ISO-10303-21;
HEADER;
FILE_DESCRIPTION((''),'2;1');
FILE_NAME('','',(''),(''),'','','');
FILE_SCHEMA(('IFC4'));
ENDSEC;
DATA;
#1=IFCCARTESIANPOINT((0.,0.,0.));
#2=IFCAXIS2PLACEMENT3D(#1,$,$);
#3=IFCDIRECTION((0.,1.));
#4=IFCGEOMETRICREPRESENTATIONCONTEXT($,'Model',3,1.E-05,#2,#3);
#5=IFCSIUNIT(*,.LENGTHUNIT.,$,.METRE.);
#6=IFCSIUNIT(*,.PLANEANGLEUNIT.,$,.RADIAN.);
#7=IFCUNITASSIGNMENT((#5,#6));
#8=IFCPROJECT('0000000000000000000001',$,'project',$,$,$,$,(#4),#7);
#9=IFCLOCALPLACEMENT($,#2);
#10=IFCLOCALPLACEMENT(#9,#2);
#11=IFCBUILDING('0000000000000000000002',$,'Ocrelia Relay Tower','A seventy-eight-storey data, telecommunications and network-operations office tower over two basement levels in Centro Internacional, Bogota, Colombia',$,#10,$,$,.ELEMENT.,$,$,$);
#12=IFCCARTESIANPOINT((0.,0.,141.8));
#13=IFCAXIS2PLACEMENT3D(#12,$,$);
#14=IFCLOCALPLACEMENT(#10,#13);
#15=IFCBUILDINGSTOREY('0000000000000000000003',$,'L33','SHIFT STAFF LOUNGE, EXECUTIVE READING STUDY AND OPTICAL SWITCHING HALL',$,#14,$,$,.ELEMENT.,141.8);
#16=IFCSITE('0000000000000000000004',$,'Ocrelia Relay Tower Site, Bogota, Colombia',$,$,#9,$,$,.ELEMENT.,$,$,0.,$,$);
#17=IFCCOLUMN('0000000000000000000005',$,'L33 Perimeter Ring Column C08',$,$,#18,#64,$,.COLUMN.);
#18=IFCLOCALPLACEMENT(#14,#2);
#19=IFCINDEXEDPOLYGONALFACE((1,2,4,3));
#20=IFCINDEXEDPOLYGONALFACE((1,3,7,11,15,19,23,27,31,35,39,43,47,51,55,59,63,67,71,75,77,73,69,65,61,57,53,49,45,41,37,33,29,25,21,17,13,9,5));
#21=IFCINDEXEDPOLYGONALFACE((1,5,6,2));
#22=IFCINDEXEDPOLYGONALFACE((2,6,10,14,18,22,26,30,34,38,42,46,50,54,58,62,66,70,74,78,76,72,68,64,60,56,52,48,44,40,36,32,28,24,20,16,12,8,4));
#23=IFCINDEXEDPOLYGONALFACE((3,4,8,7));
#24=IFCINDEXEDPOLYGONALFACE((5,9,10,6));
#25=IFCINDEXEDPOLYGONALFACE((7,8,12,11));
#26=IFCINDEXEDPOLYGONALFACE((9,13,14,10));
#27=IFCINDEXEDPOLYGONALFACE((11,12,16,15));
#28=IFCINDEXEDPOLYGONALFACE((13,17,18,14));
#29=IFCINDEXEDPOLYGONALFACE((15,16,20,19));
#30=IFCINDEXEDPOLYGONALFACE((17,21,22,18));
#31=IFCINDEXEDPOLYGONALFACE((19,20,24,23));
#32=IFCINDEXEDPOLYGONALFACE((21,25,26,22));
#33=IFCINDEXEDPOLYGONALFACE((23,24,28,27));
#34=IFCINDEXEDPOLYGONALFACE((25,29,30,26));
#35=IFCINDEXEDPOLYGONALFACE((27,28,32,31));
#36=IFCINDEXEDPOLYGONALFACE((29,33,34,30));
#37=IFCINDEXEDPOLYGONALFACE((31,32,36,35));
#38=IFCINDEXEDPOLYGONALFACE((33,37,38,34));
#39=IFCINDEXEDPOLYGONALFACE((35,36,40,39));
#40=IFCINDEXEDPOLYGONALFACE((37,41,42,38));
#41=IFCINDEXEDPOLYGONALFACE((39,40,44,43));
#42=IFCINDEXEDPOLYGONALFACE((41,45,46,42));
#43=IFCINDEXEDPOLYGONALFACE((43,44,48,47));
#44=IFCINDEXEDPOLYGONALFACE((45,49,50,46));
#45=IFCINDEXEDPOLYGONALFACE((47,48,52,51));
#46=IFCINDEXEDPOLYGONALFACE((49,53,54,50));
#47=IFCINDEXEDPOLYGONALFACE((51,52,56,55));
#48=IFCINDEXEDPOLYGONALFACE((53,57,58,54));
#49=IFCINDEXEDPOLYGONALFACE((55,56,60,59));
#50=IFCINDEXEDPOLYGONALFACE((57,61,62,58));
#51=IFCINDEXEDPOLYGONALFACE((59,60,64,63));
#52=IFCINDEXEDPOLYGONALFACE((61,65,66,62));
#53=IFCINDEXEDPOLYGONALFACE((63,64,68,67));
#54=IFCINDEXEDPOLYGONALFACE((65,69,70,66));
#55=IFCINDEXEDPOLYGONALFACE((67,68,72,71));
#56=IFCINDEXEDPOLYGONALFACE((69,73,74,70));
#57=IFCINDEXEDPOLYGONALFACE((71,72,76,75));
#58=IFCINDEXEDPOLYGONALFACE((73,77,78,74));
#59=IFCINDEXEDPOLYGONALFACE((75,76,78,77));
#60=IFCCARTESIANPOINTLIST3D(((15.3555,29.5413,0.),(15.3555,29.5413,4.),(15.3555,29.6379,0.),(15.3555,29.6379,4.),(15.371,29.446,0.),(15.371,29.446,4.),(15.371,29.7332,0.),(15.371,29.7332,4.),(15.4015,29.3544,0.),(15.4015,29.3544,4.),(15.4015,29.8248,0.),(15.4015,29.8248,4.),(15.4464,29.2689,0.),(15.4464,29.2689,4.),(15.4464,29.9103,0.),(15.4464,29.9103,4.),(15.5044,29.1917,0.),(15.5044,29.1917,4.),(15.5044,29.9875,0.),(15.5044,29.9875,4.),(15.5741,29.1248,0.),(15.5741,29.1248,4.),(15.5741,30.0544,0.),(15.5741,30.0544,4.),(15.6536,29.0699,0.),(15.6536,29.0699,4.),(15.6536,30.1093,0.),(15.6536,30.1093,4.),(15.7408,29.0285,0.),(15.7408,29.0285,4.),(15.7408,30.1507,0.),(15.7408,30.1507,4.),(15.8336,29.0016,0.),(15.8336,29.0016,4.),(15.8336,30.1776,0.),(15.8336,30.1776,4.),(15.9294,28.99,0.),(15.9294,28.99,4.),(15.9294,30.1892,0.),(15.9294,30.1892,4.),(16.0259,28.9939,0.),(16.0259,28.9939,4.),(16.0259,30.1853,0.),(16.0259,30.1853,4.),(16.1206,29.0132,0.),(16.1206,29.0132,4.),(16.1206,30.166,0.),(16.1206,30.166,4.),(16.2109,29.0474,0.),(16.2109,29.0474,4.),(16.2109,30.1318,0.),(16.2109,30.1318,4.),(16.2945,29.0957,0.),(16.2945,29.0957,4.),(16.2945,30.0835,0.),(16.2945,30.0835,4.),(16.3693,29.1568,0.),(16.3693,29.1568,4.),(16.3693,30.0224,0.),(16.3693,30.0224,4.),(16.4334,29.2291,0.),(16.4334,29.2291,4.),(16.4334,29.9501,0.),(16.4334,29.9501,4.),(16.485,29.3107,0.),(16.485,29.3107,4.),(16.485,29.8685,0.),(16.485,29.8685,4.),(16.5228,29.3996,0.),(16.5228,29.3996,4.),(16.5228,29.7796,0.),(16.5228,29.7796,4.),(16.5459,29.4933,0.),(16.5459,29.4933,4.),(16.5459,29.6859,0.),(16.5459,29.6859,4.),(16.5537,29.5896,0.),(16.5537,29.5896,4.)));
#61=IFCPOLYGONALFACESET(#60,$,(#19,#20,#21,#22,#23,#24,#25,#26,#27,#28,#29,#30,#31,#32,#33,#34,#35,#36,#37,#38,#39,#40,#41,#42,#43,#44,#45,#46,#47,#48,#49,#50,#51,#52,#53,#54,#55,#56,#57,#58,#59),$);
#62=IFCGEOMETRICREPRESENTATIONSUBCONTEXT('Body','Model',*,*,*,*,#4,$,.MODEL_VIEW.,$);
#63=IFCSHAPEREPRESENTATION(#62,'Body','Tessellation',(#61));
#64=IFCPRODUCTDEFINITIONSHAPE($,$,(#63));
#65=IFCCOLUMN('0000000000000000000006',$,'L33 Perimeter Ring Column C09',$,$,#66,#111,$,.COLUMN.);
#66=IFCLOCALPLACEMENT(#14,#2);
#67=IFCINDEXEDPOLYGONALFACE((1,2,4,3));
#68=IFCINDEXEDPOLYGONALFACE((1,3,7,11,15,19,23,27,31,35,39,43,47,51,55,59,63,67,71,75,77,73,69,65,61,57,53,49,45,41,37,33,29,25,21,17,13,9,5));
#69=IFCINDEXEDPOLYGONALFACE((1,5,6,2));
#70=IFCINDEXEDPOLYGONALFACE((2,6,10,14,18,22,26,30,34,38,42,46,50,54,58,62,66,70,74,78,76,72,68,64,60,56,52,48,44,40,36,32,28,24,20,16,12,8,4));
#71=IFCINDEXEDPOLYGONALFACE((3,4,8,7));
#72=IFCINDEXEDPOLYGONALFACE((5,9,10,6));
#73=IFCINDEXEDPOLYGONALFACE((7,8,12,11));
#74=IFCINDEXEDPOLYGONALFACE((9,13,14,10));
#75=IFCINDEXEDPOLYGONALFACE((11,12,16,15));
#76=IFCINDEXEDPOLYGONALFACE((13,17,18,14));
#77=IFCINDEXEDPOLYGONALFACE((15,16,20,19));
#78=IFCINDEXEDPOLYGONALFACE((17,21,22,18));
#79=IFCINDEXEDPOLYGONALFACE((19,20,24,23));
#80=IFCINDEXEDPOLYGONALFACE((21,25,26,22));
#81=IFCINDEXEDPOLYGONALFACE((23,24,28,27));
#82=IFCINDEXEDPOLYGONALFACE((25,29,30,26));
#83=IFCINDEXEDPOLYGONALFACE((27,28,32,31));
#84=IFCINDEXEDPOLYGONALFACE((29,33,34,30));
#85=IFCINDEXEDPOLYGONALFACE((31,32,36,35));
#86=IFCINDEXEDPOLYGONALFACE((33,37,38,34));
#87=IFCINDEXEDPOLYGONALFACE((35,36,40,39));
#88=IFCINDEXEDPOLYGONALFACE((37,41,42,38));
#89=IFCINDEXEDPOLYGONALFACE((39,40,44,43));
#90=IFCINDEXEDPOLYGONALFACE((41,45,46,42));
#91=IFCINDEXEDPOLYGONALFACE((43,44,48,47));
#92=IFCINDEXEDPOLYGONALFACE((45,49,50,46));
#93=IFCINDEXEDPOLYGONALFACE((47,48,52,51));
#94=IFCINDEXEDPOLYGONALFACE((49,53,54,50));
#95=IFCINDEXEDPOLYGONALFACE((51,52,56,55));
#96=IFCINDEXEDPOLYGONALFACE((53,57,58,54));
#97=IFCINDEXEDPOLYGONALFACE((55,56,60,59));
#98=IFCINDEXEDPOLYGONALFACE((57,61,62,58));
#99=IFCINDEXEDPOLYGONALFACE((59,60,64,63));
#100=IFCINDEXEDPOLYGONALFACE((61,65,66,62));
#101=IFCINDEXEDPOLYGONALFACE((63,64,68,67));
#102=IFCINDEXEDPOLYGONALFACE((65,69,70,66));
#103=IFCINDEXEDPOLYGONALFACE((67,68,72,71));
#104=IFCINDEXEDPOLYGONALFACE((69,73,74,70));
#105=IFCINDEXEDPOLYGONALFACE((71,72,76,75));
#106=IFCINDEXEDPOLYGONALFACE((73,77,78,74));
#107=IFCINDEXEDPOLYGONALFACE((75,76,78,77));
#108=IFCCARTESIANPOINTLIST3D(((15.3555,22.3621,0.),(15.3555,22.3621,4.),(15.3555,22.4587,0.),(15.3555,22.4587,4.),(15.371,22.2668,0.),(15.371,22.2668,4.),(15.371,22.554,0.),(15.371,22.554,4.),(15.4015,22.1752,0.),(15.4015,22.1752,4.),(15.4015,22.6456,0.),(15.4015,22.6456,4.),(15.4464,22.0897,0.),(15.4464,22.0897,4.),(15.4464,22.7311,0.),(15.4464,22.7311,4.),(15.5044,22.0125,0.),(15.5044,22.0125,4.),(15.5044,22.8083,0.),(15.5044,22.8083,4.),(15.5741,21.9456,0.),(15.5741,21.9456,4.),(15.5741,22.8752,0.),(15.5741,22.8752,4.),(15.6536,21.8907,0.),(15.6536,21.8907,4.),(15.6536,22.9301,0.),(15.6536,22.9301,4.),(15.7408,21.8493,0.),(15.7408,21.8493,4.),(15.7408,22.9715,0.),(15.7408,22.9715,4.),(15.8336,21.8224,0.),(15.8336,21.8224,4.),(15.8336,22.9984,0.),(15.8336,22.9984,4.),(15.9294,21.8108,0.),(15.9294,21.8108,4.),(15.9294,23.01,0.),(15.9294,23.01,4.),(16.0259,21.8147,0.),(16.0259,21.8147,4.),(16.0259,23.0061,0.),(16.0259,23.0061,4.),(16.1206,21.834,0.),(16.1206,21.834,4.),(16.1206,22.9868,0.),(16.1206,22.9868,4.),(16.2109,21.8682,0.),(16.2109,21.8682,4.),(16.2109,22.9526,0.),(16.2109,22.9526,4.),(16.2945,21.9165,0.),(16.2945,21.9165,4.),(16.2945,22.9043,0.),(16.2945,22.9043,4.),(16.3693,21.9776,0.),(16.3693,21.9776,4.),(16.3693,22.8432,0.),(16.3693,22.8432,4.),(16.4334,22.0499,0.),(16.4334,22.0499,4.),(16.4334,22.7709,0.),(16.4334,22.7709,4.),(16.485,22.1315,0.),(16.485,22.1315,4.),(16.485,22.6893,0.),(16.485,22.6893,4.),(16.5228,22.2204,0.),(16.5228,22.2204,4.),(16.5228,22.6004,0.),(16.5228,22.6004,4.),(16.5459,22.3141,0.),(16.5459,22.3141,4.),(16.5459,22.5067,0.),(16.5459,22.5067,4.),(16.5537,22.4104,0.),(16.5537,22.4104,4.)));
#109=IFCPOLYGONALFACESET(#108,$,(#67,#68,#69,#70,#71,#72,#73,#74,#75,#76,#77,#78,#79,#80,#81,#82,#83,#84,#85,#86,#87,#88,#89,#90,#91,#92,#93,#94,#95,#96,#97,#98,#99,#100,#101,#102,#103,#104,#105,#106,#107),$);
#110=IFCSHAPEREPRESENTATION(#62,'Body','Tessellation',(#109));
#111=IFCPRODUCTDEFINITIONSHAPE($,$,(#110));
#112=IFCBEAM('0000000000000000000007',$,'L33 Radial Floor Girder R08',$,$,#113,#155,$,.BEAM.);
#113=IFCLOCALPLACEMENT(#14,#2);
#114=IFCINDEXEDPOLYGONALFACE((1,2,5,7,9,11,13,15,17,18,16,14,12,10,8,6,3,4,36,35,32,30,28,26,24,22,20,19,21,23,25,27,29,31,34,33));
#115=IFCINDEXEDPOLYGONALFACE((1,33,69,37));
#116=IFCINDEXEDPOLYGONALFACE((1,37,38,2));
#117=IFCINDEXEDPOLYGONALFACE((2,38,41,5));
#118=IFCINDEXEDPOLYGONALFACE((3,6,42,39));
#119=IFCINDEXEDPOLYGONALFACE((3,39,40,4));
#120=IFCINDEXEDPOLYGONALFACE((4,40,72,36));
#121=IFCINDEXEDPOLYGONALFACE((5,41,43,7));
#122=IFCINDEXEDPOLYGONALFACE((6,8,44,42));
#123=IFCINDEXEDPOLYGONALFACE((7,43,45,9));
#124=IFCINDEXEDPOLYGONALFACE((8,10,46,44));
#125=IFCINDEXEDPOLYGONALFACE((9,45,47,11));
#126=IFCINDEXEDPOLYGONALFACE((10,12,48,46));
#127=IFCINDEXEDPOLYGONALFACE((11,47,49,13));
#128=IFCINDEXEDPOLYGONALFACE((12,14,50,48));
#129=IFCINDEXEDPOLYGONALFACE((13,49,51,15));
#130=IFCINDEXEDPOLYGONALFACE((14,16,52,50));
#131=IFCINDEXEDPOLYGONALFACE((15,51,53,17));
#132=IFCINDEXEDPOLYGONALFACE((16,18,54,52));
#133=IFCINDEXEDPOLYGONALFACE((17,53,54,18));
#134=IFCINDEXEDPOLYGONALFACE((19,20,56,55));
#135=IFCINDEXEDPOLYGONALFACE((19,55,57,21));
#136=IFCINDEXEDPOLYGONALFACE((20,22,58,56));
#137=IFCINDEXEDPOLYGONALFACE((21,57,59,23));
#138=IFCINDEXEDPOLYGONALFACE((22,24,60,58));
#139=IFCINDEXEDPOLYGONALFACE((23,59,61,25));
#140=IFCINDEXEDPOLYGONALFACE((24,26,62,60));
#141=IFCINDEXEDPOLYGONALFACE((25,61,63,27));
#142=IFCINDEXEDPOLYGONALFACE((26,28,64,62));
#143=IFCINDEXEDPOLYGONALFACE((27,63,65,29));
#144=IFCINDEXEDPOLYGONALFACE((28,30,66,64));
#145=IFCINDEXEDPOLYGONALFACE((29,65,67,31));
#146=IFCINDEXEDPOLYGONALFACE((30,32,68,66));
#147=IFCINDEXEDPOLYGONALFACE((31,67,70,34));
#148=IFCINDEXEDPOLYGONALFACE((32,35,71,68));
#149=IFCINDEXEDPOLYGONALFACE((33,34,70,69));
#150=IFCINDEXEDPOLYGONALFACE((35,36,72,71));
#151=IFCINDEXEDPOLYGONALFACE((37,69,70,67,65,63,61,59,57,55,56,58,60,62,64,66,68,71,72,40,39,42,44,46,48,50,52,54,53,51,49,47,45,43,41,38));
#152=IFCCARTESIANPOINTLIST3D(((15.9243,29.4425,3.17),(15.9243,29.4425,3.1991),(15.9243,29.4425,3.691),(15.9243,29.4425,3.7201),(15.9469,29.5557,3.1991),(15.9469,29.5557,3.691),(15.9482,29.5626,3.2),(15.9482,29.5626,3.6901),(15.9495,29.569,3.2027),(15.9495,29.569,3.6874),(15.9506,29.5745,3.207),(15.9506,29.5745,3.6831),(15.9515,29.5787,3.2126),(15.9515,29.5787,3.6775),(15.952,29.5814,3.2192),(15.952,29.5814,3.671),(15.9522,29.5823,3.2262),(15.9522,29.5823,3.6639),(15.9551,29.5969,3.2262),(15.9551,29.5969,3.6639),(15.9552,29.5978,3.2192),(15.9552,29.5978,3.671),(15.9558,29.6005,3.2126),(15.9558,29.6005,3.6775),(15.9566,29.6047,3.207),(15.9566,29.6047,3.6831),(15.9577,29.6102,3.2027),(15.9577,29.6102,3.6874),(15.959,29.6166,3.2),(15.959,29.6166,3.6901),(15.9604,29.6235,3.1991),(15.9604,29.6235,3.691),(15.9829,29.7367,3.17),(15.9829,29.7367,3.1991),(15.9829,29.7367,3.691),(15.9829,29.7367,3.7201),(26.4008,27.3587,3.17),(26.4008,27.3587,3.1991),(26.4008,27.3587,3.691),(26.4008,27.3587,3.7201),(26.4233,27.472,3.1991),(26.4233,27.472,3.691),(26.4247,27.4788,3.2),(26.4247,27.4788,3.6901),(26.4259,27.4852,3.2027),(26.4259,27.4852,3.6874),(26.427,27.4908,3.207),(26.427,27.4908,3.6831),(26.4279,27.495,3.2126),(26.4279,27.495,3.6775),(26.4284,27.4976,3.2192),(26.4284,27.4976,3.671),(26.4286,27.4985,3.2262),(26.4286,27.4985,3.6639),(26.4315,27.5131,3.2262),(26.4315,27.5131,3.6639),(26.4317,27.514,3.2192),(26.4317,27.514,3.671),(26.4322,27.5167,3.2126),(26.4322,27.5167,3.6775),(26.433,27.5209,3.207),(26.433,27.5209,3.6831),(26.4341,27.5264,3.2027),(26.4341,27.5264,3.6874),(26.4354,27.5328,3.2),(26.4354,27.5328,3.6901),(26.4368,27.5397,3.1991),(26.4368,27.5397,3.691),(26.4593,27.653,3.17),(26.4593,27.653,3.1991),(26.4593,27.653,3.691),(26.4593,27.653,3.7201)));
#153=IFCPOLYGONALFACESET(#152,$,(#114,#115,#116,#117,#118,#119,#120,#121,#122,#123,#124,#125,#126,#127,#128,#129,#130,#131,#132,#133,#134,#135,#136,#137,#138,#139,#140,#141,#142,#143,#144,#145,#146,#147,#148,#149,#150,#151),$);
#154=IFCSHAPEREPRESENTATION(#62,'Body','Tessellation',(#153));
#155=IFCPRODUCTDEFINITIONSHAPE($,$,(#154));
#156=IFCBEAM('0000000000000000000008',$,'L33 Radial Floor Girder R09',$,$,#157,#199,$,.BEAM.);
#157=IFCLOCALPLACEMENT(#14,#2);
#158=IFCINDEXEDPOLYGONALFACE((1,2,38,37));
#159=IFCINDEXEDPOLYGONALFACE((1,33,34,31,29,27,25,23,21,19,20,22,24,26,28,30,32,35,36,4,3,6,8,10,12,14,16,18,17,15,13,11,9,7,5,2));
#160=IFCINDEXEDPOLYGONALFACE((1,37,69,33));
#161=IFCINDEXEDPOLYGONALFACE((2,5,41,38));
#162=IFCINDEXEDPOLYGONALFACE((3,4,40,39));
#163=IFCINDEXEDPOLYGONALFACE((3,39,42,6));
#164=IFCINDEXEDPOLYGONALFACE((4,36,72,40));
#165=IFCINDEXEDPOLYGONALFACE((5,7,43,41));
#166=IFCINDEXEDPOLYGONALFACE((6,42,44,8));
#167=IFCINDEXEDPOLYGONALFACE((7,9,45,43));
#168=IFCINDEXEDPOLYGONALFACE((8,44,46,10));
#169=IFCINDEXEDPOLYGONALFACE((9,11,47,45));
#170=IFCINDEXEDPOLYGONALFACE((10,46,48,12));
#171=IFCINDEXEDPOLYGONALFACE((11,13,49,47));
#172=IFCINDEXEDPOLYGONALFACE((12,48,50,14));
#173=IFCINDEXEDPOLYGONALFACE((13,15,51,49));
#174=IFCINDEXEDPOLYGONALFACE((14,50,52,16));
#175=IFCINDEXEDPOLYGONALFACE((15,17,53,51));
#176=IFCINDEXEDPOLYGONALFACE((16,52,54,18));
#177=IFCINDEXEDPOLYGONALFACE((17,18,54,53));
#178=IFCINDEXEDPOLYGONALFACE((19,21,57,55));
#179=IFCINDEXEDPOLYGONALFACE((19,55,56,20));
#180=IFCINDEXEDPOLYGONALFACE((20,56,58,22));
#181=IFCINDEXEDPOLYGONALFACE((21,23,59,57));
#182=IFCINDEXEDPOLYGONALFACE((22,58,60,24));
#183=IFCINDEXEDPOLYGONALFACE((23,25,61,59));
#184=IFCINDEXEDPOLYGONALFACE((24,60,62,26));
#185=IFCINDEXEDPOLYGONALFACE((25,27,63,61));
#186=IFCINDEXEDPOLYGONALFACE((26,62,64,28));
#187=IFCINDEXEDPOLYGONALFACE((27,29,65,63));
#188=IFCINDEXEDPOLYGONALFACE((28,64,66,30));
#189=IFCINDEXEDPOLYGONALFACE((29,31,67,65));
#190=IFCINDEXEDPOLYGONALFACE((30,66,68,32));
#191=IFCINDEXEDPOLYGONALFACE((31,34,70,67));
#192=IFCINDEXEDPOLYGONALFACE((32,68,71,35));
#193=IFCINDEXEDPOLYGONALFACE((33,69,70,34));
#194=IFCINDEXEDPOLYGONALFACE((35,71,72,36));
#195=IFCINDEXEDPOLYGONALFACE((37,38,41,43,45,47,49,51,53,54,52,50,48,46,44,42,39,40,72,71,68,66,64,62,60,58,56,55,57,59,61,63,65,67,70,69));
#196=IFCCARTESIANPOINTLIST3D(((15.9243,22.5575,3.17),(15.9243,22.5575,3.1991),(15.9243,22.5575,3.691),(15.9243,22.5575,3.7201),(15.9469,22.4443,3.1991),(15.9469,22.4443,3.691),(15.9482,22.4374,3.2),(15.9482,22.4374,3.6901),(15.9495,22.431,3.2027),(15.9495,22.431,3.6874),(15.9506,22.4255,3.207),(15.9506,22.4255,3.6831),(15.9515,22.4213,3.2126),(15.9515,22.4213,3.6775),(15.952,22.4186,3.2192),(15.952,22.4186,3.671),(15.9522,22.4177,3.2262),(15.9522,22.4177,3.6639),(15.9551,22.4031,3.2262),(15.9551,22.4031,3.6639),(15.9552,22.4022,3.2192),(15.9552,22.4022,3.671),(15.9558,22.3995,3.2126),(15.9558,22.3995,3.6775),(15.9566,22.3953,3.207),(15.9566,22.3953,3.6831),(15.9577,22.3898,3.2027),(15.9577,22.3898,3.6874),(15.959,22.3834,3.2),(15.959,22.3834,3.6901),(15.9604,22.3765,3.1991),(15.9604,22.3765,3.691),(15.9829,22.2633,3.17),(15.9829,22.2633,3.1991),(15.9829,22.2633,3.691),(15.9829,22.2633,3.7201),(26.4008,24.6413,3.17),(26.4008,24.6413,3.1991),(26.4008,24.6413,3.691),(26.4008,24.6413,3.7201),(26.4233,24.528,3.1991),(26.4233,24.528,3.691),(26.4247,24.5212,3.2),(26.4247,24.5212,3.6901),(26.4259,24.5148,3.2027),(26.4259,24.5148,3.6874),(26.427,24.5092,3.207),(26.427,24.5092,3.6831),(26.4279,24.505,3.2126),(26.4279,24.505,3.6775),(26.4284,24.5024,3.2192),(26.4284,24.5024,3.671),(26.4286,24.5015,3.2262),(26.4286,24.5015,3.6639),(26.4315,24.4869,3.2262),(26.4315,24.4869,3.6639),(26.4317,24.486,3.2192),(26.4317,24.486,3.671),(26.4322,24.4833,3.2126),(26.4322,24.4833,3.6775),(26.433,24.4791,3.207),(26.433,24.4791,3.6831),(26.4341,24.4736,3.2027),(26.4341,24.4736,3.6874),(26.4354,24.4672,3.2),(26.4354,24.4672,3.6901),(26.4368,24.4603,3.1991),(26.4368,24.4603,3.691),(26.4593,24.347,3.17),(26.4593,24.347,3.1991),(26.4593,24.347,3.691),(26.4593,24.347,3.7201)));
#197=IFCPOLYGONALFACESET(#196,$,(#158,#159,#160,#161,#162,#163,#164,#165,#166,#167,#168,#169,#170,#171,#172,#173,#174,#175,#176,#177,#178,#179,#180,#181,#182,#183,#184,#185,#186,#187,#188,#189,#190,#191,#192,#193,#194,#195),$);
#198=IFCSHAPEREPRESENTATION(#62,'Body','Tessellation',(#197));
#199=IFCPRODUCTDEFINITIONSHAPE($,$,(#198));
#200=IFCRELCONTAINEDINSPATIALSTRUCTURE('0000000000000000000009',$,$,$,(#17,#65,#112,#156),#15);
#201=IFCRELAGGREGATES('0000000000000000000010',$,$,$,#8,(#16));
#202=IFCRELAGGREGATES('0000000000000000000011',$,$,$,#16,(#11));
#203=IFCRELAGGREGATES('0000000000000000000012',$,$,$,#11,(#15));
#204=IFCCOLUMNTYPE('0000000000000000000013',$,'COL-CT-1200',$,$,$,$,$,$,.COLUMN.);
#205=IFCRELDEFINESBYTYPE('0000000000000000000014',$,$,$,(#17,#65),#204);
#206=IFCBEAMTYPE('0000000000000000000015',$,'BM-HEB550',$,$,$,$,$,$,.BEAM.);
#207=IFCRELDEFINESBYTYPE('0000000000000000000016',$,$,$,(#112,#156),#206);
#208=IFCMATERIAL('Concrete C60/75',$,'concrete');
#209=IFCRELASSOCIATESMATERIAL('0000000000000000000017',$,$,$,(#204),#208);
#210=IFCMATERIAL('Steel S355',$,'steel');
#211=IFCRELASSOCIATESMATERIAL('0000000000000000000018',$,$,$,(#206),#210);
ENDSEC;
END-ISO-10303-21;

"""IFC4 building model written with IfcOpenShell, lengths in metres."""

from ifc_helpers import new_model, si_unit, direction, frame, origin, origin_2d, place, context, subcontext, project, spatial, circle, i_section, extrude, material, material_profile, profile_set, type_object, element, save


model = new_model("IFC4")

# Units and contexts
model_context = context("Model", 3, precision=1e-05, world=origin(), true_north=direction((0.0, 1.0)))
body_context = subcontext(model_context, "Body", "Model", "MODEL_VIEW")
ifc_project = project(units=[si_unit("LENGTHUNIT", "METRE"), si_unit("PLANEANGLEUNIT", "RADIAN")], contexts=[model_context])

# Site, building, storey
site_placement = place(None, origin())
site = spatial("IfcSite", under=ifc_project, at=site_placement, Name="Ocrelia Relay Tower Site, Bogota, Colombia", CompositionType="ELEMENT", RefElevation=0.0)
building_placement = place(site_placement, origin())
building = spatial("IfcBuilding", under=site, at=building_placement, Name="Ocrelia Relay Tower", Description="A seventy-eight-storey data, telecommunications and network-operations office tower over two basement levels in Centro Internacional, Bogota, Colombia", CompositionType="ELEMENT")
storey_placement = place(building_placement, frame((0.0, 0.0, 141.8)))
storey = spatial("IfcBuildingStorey", under=building, at=storey_placement, Name="L33", Description="SHIFT STAFF LOUNGE, EXECUTIVE READING STUDY AND OPTICAL SWITCHING HALL", CompositionType="ELEMENT", Elevation=141.8)

# Columns
ifc_material_1 = material(Name="Concrete C60/75", Category="concrete")
ifc_material_profile_1 = material_profile(ifc_material_1, circle(Radius=0.6001, at=origin_2d()), Name="RC-CIR-1200")
ifc_profile_set_1 = profile_set([ifc_material_profile_1], Name="Concrete C60/75")
column_type = type_object("IfcColumnType", Name="COL-CT-1200", PredefinedType="COLUMN", material=ifc_profile_set_1)
for number, where, z_axis, x_axis, name in (
    (1, (15.9536, 29.5896, 0.0), (0.0, 0.0, 1.0), (1.0, 0.0, 0.0), "L33 Perimeter Ring Column C08"),
    (2, (15.9536, 22.4104, 0.0), (0.0, 0.0, 1.0), (1.0, 0.0, 0.0), "L33 Perimeter Ring Column C09"),
):
    element("IfcColumn", number, at=place(storey_placement, frame(where, z_axis=z_axis, x_axis=x_axis)), inside=storey, type_object=column_type, Name=name, PredefinedType="COLUMN", context=body_context, shape_type="SweptSolid", body=[
        extrude(circle(Radius=0.6001, at=origin_2d()), origin(), (0.0, 0.0, 1.0), 4.0),
    ])

# Beams
ifc_material_2 = material(Name="Steel S355", Category="steel")
ifc_material_profile_2 = material_profile(ifc_material_2, i_section(OverallWidth=0.3, OverallDepth=0.55, WebThickness=0.0149, FlangeThickness=0.0291, FilletRadius=0.0271, at=origin_2d()), Name="HEB 550")
ifc_profile_set_2 = profile_set([ifc_material_profile_2], Name="Steel S355")
beam_type_1 = type_object("IfcBeamType", Name="BM-HEB550", PredefinedType="BEAM", material=ifc_profile_set_2)
for number, where, z_axis, x_axis, name in (
    (3, (15.9536, 29.5896, 3.4451), (0.980788, -0.195079, 0.0), (0.195079, 0.980788, 0.0), "L33 Radial Floor Girder R08"),
    (4, (15.9536, 22.4104, 3.4451), (0.980788, 0.195079, 0.0), (-0.195079, 0.980788, 0.0), "L33 Radial Floor Girder R09"),
):
    element("IfcBeam", number, at=place(storey_placement, frame(where, z_axis=z_axis, x_axis=x_axis)), inside=storey, type_object=beam_type_1, Name=name, PredefinedType="BEAM", context=body_context, shape_type="SweptSolid", body=[
        extrude(i_section(OverallWidth=0.3, OverallDepth=0.55, WebThickness=0.0149, FlangeThickness=0.0291, FilletRadius=0.0271, at=origin_2d()), origin(), (0.0, 0.0, 1.0), 10.6816),
    ])

save(model, "model.ifc")
